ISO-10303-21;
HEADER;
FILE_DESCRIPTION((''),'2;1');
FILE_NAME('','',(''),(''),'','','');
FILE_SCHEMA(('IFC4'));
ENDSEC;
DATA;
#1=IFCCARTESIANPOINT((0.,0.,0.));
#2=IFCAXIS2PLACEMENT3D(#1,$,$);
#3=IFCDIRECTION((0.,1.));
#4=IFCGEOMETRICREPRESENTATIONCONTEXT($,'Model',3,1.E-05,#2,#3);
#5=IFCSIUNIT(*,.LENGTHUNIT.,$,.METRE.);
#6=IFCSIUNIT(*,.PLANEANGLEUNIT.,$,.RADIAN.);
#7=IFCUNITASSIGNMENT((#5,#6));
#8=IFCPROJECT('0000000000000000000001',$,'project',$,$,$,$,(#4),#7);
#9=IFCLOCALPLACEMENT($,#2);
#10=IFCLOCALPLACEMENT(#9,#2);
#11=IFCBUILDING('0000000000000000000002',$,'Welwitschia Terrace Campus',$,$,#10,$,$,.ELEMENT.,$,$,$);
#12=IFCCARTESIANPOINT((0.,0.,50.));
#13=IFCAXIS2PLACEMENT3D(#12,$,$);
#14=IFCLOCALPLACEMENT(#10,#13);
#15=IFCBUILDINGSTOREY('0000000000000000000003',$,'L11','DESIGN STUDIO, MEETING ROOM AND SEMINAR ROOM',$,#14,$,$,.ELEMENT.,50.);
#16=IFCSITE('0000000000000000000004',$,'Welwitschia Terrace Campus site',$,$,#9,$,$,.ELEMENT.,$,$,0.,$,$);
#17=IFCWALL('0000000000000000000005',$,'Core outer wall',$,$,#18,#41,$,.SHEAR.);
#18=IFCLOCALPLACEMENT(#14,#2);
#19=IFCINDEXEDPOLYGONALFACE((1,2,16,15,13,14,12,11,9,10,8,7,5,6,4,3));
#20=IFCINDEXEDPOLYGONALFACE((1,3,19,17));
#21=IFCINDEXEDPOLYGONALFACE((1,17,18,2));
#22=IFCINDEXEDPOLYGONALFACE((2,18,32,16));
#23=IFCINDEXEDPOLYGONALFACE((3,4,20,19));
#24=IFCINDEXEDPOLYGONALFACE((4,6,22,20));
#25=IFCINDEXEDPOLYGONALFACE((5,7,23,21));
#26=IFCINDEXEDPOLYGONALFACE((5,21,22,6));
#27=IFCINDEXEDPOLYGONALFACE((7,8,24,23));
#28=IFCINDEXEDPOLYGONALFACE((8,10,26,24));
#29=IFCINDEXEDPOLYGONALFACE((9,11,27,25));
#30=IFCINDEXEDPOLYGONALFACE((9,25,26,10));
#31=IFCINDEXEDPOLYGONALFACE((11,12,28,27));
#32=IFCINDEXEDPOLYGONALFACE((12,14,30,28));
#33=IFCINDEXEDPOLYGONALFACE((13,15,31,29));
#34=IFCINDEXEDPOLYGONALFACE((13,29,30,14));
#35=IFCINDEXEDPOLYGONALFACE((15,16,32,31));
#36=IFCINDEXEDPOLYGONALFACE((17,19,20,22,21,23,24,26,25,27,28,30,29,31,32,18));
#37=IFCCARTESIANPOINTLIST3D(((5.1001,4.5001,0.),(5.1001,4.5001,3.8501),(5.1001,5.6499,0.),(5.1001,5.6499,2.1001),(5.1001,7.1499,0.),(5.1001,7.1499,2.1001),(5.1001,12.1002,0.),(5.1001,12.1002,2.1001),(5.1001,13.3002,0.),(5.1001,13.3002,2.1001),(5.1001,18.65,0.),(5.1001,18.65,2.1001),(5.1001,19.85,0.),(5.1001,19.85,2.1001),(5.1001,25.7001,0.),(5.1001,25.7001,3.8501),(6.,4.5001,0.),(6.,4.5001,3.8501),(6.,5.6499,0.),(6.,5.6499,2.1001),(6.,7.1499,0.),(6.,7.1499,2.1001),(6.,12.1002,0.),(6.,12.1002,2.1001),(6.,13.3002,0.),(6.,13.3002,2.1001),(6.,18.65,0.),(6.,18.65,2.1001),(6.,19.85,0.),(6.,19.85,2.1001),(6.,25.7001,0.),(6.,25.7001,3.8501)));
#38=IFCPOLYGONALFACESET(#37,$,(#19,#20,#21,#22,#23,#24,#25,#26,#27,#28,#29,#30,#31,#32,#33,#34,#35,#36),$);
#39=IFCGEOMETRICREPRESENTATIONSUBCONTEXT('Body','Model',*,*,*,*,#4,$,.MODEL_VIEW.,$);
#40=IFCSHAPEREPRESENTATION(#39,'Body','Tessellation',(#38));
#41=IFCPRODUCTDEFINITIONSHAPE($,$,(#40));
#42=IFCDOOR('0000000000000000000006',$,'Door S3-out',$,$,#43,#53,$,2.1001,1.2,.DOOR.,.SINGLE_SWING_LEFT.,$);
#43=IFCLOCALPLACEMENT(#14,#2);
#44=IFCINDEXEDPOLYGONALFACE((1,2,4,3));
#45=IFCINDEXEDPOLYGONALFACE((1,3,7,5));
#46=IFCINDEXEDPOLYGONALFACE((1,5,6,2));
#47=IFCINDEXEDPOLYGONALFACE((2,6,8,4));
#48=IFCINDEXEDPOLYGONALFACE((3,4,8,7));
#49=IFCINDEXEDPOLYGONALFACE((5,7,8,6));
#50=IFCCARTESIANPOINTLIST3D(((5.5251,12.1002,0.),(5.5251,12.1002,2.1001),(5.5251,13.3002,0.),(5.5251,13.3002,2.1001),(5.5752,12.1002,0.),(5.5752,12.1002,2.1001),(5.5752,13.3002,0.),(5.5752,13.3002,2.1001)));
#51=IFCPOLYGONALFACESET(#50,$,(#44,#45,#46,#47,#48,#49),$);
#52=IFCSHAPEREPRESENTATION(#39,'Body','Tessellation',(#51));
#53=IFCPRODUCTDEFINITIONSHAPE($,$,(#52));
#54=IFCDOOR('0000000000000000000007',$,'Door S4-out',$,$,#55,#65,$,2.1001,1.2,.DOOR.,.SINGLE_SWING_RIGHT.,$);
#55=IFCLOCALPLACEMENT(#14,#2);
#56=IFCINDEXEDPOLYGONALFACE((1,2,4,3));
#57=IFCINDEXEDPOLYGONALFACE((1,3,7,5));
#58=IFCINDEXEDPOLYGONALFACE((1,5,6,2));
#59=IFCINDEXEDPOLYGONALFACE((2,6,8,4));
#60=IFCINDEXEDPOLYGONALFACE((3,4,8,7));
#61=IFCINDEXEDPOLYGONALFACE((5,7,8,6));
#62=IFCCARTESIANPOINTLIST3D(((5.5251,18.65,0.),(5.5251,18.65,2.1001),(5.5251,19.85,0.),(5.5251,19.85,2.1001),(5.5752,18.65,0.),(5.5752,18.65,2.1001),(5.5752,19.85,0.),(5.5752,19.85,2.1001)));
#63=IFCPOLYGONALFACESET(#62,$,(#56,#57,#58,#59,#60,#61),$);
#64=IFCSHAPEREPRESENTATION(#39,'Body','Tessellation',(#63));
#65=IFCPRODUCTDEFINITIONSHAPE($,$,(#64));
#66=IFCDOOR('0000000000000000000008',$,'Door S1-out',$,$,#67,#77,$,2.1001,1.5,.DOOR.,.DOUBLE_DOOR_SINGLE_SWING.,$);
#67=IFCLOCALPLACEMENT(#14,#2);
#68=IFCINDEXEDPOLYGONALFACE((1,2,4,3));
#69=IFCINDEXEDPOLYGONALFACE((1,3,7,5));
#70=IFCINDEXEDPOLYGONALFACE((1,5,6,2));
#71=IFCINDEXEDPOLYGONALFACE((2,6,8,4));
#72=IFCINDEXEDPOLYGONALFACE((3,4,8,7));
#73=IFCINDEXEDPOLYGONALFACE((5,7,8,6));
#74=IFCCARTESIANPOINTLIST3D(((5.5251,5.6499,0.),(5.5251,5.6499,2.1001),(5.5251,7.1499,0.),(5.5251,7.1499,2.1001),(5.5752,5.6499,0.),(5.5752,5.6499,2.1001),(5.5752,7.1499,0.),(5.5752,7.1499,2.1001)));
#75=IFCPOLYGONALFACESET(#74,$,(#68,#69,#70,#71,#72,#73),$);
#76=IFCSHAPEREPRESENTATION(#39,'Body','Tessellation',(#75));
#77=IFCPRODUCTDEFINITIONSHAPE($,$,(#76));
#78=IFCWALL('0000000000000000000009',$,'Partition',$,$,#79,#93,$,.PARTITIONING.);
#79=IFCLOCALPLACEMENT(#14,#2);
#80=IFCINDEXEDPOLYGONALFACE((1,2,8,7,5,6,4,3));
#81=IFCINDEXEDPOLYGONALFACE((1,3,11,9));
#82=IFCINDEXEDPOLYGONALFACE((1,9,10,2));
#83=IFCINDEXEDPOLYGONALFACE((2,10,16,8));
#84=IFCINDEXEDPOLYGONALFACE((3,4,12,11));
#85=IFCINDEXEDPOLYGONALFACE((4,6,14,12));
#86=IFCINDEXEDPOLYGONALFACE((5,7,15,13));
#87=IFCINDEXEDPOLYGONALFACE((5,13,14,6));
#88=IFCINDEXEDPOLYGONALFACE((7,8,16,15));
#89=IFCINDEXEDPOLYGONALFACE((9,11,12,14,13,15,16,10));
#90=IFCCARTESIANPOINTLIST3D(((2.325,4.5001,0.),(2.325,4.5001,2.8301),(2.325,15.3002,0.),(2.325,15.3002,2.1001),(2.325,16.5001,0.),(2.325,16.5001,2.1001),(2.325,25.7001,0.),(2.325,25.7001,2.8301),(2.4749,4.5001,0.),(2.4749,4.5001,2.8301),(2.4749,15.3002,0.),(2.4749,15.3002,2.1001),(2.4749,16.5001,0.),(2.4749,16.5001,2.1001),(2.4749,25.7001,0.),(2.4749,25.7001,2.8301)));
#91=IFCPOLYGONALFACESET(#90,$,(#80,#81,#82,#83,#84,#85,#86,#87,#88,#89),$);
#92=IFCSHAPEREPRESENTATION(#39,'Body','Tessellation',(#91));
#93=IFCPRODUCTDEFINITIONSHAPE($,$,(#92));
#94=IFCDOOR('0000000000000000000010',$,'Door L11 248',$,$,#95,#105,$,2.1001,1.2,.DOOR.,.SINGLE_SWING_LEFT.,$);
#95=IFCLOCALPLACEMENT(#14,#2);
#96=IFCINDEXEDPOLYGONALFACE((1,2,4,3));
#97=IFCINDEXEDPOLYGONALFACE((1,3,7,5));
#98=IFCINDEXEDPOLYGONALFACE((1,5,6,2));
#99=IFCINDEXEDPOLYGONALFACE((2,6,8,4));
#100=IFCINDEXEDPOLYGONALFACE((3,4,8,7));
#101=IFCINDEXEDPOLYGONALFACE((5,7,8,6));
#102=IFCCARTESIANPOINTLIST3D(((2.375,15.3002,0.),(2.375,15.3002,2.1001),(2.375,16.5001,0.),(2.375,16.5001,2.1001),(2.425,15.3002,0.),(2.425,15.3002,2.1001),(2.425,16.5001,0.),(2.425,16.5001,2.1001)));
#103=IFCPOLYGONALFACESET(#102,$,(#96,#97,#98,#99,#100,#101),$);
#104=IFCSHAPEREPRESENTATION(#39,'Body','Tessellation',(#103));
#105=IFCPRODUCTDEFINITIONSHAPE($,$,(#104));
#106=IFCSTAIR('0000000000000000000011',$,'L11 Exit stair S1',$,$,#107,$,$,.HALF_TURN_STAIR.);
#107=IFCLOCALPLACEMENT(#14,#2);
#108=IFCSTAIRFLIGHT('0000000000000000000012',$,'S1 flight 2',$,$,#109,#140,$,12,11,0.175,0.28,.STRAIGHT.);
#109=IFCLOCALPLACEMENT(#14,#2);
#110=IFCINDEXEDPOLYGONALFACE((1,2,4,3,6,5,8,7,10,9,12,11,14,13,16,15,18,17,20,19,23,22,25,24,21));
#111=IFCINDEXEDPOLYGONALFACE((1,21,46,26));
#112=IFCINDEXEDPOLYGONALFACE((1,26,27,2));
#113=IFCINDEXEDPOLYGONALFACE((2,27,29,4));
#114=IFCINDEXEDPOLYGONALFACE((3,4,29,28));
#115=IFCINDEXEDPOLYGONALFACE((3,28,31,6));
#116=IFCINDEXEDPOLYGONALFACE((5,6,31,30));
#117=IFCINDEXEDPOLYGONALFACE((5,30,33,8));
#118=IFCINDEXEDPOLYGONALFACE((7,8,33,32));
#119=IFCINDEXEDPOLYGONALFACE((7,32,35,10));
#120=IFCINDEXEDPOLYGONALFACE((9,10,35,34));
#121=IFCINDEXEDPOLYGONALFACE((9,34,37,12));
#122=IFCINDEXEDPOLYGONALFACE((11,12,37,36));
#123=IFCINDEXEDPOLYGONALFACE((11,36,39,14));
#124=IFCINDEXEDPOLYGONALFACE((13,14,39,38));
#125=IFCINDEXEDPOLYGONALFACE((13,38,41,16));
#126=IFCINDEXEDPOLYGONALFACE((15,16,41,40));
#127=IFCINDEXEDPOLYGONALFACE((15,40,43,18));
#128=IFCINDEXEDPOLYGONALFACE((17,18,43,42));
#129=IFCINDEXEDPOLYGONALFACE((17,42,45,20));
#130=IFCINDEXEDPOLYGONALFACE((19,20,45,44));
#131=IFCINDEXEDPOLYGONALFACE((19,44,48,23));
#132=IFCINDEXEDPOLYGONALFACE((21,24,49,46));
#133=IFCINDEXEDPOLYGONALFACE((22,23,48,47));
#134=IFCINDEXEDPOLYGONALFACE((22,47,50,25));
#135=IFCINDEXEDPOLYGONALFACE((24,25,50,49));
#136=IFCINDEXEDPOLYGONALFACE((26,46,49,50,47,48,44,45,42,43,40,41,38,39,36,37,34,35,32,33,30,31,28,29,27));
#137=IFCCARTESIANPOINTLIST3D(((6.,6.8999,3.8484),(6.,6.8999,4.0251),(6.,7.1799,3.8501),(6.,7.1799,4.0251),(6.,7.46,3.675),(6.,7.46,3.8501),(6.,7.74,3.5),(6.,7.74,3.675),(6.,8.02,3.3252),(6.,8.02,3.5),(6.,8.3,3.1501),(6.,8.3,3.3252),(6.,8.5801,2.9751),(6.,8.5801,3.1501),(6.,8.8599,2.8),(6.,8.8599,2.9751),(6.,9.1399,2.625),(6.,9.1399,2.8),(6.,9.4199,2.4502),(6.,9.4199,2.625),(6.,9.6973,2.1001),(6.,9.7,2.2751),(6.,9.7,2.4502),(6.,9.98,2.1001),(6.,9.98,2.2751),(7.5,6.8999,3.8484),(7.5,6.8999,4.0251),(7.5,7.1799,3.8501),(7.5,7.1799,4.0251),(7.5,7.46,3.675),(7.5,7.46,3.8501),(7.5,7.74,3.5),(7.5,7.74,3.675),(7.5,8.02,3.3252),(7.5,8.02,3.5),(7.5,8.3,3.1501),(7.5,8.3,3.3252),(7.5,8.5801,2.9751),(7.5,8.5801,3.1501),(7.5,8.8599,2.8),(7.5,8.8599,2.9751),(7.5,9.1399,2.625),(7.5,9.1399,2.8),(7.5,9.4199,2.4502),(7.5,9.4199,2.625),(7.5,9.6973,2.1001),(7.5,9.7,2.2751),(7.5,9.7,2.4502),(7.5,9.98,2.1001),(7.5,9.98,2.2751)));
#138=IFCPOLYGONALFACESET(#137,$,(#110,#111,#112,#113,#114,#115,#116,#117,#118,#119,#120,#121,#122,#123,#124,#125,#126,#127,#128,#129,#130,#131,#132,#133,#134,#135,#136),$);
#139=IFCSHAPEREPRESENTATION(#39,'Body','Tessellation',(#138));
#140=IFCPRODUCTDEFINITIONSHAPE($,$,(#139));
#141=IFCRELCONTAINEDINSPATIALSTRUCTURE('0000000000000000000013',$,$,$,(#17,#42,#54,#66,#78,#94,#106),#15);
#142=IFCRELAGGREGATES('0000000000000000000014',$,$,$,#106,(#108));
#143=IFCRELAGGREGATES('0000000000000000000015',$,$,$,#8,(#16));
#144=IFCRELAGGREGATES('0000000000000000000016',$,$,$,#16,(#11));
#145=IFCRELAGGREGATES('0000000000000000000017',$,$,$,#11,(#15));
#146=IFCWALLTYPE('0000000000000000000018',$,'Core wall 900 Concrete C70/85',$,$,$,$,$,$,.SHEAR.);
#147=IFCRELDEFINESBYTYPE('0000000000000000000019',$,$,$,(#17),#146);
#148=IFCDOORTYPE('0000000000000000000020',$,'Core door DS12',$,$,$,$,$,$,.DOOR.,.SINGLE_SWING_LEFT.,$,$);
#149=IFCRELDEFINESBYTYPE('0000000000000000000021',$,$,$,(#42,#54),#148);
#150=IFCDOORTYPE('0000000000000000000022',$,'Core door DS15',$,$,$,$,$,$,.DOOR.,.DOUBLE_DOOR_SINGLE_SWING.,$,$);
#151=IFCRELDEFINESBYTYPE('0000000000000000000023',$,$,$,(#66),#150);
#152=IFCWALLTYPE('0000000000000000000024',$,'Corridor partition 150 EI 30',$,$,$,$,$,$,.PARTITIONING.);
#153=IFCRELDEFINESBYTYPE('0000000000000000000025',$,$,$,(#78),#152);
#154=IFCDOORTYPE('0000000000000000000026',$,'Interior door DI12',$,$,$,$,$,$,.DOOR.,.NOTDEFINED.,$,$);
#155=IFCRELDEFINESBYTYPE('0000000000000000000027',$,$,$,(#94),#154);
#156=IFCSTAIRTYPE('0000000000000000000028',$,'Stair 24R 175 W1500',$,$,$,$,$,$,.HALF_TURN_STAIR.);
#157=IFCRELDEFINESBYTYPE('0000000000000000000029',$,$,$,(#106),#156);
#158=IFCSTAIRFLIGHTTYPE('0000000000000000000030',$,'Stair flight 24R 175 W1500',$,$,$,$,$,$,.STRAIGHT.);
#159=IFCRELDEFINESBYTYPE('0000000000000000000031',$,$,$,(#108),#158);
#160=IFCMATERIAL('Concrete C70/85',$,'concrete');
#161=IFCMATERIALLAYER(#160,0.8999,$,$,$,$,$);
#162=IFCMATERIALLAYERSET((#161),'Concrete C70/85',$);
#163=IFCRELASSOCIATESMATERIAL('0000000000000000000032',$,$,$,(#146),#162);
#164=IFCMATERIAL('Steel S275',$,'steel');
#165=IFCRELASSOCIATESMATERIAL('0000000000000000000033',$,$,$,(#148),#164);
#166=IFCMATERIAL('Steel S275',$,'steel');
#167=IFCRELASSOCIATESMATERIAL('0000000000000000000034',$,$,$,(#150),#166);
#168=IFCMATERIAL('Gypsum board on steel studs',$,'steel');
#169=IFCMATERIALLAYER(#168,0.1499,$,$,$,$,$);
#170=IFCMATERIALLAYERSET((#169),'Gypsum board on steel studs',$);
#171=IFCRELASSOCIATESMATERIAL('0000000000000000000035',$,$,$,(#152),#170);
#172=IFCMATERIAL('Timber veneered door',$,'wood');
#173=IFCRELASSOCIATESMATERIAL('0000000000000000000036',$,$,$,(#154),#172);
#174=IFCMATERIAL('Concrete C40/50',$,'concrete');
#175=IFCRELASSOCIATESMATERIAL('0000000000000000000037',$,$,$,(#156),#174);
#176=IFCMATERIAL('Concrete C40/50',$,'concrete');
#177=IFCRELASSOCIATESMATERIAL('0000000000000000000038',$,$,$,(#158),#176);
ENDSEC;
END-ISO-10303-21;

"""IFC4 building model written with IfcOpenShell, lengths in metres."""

from ifc_helpers import new_model, si_unit, direction, frame, frame_2d, origin, place, context, subcontext, project, spatial, polyline, rectangle, outline, extrude, material, layer, layer_set, type_object, element, fill, aggregate, save


model = new_model("IFC4")

# Units and contexts
model_context = context("Model", 3, precision=1e-05, world=origin(), true_north=direction((0.0, 1.0)))
body_context = subcontext(model_context, "Body", "Model", "MODEL_VIEW")
ifc_project = project(units=[si_unit("LENGTHUNIT", "METRE"), si_unit("PLANEANGLEUNIT", "RADIAN")], contexts=[model_context])

# Site, building, storey
site_placement = place(None, origin())
site = spatial("IfcSite", under=ifc_project, at=site_placement, Name="Welwitschia Terrace Campus site", CompositionType="ELEMENT", RefElevation=0.0)
building_placement = place(site_placement, origin())
building = spatial("IfcBuilding", under=site, at=building_placement, Name="Welwitschia Terrace Campus", CompositionType="ELEMENT")
storey_placement = place(building_placement, frame((0.0, 0.0, 50.0)))
storey = spatial("IfcBuildingStorey", under=building, at=storey_placement, Name="L11", Description="DESIGN STUDIO, MEETING ROOM AND SEMINAR ROOM", CompositionType="ELEMENT", Elevation=50.0)

# Wall, openings, doors
ifc_material_1 = material(Name="Concrete C70/85", Category="concrete")
ifc_layer_1 = layer(ifc_material_1, 0.8999)
ifc_layer_set_1 = layer_set([ifc_layer_1], Name="Concrete C70/85")
wall_type_1 = type_object("IfcWallType", Name="Core wall 900 Concrete C70/85", PredefinedType="SHEAR", material=ifc_layer_set_1)
wall_1_placement = place(storey_placement, frame((5.55, 4.5, 0.0), z_axis=(0.0, 0.0, 1.0), x_axis=(0.0, 1.0, 0.0)))
wall_1 = element("IfcWall", 1, at=wall_1_placement, inside=storey, type_object=wall_type_1, Name="Core outer wall", PredefinedType="SHEAR", context=body_context, shape_type="SweptSolid", body=[
    extrude(rectangle(XDim=21.2, YDim=0.8999, at=frame_2d((10.6001, 0.0))), origin(), (0.0, 0.0, 1.0), 3.8501),
])
opening_1_placement = place(wall_1_placement, frame((1.1499, 0.0, 0.0)))
opening_1 = element("IfcOpeningElement", 2, at=opening_1_placement, cuts=wall_1, PredefinedType="OPENING", context=body_context, shape_type="SweptSolid", body=[
    extrude(rectangle(XDim=1.5, YDim=2.1001, at=frame_2d((0.75, 1.05))), frame((0.0, 0.46, 0.0), z_axis=(0.0, -1.0, 0.0), x_axis=(1.0, 0.0, 0.0)), (0.0, 0.0, 1.0), 0.9199),
])
opening_2_placement = place(wall_1_placement, frame((7.6001, 0.0, 0.0)))
opening_2 = element("IfcOpeningElement", 3, at=opening_2_placement, cuts=wall_1, PredefinedType="OPENING", context=body_context, shape_type="SweptSolid", body=[
    extrude(rectangle(XDim=1.2, YDim=2.1001, at=frame_2d((0.6001, 1.05))), frame((0.0, 0.46, 0.0), z_axis=(0.0, -1.0, 0.0), x_axis=(1.0, 0.0, 0.0)), (0.0, 0.0, 1.0), 0.9199),
])
opening_3_placement = place(wall_1_placement, frame((14.1499, 0.0, 0.0)))
opening_3 = element("IfcOpeningElement", 4, at=opening_3_placement, cuts=wall_1, PredefinedType="OPENING", context=body_context, shape_type="SweptSolid", body=[
    extrude(rectangle(XDim=1.2, YDim=2.1001, at=frame_2d((0.6001, 1.05))), frame((0.0, 0.46, 0.0), z_axis=(0.0, -1.0, 0.0), x_axis=(1.0, 0.0, 0.0)), (0.0, 0.0, 1.0), 0.9199),
])
ifc_material_2 = material(Name="Steel S275", Category="steel")
door_type_1 = type_object("IfcDoorType", Name="Core door DS12", OperationType="SINGLE_SWING_LEFT", PredefinedType="DOOR", material=ifc_material_2)
door_1_placement = place(opening_2_placement, origin())
door_1 = element("IfcDoor", 5, at=door_1_placement, inside=storey, type_object=door_type_1, Name="Door S3-out", OperationType="SINGLE_SWING_LEFT", OverallHeight=2.1001, OverallWidth=1.2, PredefinedType="DOOR", context=body_context, shape_type="SweptSolid", body=[
    extrude(rectangle(XDim=1.2, YDim=2.1001, at=frame_2d((0.6001, 1.05))), frame((0.0, 0.0249, 0.0), z_axis=(0.0, -1.0, 0.0), x_axis=(1.0, 0.0, 0.0)), (0.0, 0.0, 1.0), 0.05),
])
fill(opening_2, door_1)
door_2_placement = place(opening_3_placement, origin())
door_2 = element("IfcDoor", 6, at=door_2_placement, inside=storey, type_object=door_type_1, Name="Door S4-out", OperationType="SINGLE_SWING_RIGHT", OverallHeight=2.1001, OverallWidth=1.2, PredefinedType="DOOR", context=body_context, shape_type="SweptSolid", body=[
    extrude(rectangle(XDim=1.2, YDim=2.1001, at=frame_2d((0.6001, 1.05))), frame((0.0, 0.0249, 0.0), z_axis=(0.0, -1.0, 0.0), x_axis=(1.0, 0.0, 0.0)), (0.0, 0.0, 1.0), 0.05),
])
fill(opening_3, door_2)
ifc_material_3 = material(Name="Steel S275", Category="steel")
door_type_2 = type_object("IfcDoorType", Name="Core door DS15", OperationType="DOUBLE_DOOR_SINGLE_SWING", PredefinedType="DOOR", material=ifc_material_3)
door_3_placement = place(opening_1_placement, origin())
door_3 = element("IfcDoor", 7, at=door_3_placement, inside=storey, type_object=door_type_2, Name="Door S1-out", OperationType="DOUBLE_DOOR_SINGLE_SWING", OverallHeight=2.1001, OverallWidth=1.5, PredefinedType="DOOR", context=body_context, shape_type="SweptSolid", body=[
    extrude(rectangle(XDim=1.5, YDim=2.1001, at=frame_2d((0.75, 1.05))), frame((0.0, 0.0249, 0.0), z_axis=(0.0, -1.0, 0.0), x_axis=(1.0, 0.0, 0.0)), (0.0, 0.0, 1.0), 0.05),
])
fill(opening_1, door_3)

# Wall, opening, door
ifc_material_4 = material(Name="Gypsum board on steel studs", Category="steel")
ifc_layer_2 = layer(ifc_material_4, 0.1499)
ifc_layer_set_2 = layer_set([ifc_layer_2], Name="Gypsum board on steel studs")
wall_type_2 = type_object("IfcWallType", Name="Corridor partition 150 EI 30", PredefinedType="PARTITIONING", material=ifc_layer_set_2)
wall_2_placement = place(storey_placement, frame((2.3999, 4.5, 0.0), z_axis=(0.0, 0.0, 1.0), x_axis=(0.0, 1.0, 0.0)))
wall_2 = element("IfcWall", 8, at=wall_2_placement, inside=storey, type_object=wall_type_2, Name="Partition", PredefinedType="PARTITIONING", context=body_context, shape_type="SweptSolid", body=[
    extrude(rectangle(XDim=21.2, YDim=0.1499, at=frame_2d((10.6001, 0.0))), origin(), (0.0, 0.0, 1.0), 2.8301),
])
opening_4_placement = place(wall_2_placement, frame((10.8, 0.0, 0.0)))
opening_4 = element("IfcOpeningElement", 9, at=opening_4_placement, cuts=wall_2, PredefinedType="OPENING", context=body_context, shape_type="SweptSolid", body=[
    extrude(rectangle(XDim=1.2, YDim=2.1001, at=frame_2d((0.6001, 1.05))), frame((0.0, 0.085, 0.0), z_axis=(0.0, -1.0, 0.0), x_axis=(1.0, 0.0, 0.0)), (0.0, 0.0, 1.0), 0.1699),
])
ifc_material_5 = material(Name="Timber veneered door", Category="wood")
door_type_3 = type_object("IfcDoorType", Name="Interior door DI12", OperationType="NOTDEFINED", PredefinedType="DOOR", material=ifc_material_5)
door_4_placement = place(opening_4_placement, origin())
door_4 = element("IfcDoor", 10, at=door_4_placement, inside=storey, type_object=door_type_3, Name="Door L11 248", OperationType="SINGLE_SWING_LEFT", OverallHeight=2.1001, OverallWidth=1.2, PredefinedType="DOOR", context=body_context, shape_type="SweptSolid", body=[
    extrude(rectangle(XDim=1.2, YDim=2.1001, at=frame_2d((0.6001, 1.05))), frame((0.0, 0.0249, 0.0), z_axis=(0.0, -1.0, 0.0), x_axis=(1.0, 0.0, 0.0)), (0.0, 0.0, 1.0), 0.05),
])
fill(opening_4, door_4)

# Stair, stair flight
ifc_material_6 = material(Name="Concrete C40/50", Category="concrete")
stair_type = type_object("IfcStairType", Name="Stair 24R 175 W1500", PredefinedType="HALF_TURN_STAIR", material=ifc_material_6)
stair_1_placement = place(storey_placement, origin())
stair_1 = element("IfcStair", 11, at=stair_1_placement, inside=storey, type_object=stair_type, Name="L11 Exit stair S1", PredefinedType="HALF_TURN_STAIR")
ifc_material_7 = material(Name="Concrete C40/50", Category="concrete")
stair_flight_type = type_object("IfcStairFlightType", Name="Stair flight 24R 175 W1500", PredefinedType="STRAIGHT", material=ifc_material_7)
stair_flight_1_placement = place(storey_placement, frame((6.75, 9.98, 2.1001), z_axis=(0.0, 0.0, 1.0), x_axis=(0.0, -1.0, 0.0)))
stair_flight_1 = element("IfcStairFlight", 12, at=stair_flight_1_placement, type_object=stair_flight_type, Name="S1 flight 2", NumberOfRisers=12, NumberOfTreads=11, PredefinedType="STRAIGHT", RiserHeight=0.175, TreadLength=0.28, context=body_context, shape_type="SweptSolid", body=[
    extrude(outline(polyline([(0.0, 0.0), (0.0, 0.175), (0.28, 0.175), (0.28, 0.3501), (0.5601, 0.3501), (0.5601, 0.5249), (0.8401, 0.5249), (0.8401, 0.7), (1.1201, 0.7), (1.1201, 0.875), (1.3999, 0.875), (1.3999, 1.05), (1.6799, 1.05), (1.6799, 1.2251), (1.96, 1.2251), (1.96, 1.3999), (2.24, 1.3999), (2.24, 1.575), (2.52, 1.575), (2.52, 1.75), (2.8, 1.75), (2.8, 1.925), (3.0801, 1.925), (3.0801, 2.1001), (3.0801, 1.7483), (0.2827, 0.0), (0.0, 0.0)])), frame((0.0, 0.75, 0.0), z_axis=(0.0, -1.0, 0.0), x_axis=(1.0, 0.0, 0.0)), (0.0, 0.0, 1.0), 1.5),
])
aggregate(stair_1, [stair_flight_1])

save(model, "model.ifc")
